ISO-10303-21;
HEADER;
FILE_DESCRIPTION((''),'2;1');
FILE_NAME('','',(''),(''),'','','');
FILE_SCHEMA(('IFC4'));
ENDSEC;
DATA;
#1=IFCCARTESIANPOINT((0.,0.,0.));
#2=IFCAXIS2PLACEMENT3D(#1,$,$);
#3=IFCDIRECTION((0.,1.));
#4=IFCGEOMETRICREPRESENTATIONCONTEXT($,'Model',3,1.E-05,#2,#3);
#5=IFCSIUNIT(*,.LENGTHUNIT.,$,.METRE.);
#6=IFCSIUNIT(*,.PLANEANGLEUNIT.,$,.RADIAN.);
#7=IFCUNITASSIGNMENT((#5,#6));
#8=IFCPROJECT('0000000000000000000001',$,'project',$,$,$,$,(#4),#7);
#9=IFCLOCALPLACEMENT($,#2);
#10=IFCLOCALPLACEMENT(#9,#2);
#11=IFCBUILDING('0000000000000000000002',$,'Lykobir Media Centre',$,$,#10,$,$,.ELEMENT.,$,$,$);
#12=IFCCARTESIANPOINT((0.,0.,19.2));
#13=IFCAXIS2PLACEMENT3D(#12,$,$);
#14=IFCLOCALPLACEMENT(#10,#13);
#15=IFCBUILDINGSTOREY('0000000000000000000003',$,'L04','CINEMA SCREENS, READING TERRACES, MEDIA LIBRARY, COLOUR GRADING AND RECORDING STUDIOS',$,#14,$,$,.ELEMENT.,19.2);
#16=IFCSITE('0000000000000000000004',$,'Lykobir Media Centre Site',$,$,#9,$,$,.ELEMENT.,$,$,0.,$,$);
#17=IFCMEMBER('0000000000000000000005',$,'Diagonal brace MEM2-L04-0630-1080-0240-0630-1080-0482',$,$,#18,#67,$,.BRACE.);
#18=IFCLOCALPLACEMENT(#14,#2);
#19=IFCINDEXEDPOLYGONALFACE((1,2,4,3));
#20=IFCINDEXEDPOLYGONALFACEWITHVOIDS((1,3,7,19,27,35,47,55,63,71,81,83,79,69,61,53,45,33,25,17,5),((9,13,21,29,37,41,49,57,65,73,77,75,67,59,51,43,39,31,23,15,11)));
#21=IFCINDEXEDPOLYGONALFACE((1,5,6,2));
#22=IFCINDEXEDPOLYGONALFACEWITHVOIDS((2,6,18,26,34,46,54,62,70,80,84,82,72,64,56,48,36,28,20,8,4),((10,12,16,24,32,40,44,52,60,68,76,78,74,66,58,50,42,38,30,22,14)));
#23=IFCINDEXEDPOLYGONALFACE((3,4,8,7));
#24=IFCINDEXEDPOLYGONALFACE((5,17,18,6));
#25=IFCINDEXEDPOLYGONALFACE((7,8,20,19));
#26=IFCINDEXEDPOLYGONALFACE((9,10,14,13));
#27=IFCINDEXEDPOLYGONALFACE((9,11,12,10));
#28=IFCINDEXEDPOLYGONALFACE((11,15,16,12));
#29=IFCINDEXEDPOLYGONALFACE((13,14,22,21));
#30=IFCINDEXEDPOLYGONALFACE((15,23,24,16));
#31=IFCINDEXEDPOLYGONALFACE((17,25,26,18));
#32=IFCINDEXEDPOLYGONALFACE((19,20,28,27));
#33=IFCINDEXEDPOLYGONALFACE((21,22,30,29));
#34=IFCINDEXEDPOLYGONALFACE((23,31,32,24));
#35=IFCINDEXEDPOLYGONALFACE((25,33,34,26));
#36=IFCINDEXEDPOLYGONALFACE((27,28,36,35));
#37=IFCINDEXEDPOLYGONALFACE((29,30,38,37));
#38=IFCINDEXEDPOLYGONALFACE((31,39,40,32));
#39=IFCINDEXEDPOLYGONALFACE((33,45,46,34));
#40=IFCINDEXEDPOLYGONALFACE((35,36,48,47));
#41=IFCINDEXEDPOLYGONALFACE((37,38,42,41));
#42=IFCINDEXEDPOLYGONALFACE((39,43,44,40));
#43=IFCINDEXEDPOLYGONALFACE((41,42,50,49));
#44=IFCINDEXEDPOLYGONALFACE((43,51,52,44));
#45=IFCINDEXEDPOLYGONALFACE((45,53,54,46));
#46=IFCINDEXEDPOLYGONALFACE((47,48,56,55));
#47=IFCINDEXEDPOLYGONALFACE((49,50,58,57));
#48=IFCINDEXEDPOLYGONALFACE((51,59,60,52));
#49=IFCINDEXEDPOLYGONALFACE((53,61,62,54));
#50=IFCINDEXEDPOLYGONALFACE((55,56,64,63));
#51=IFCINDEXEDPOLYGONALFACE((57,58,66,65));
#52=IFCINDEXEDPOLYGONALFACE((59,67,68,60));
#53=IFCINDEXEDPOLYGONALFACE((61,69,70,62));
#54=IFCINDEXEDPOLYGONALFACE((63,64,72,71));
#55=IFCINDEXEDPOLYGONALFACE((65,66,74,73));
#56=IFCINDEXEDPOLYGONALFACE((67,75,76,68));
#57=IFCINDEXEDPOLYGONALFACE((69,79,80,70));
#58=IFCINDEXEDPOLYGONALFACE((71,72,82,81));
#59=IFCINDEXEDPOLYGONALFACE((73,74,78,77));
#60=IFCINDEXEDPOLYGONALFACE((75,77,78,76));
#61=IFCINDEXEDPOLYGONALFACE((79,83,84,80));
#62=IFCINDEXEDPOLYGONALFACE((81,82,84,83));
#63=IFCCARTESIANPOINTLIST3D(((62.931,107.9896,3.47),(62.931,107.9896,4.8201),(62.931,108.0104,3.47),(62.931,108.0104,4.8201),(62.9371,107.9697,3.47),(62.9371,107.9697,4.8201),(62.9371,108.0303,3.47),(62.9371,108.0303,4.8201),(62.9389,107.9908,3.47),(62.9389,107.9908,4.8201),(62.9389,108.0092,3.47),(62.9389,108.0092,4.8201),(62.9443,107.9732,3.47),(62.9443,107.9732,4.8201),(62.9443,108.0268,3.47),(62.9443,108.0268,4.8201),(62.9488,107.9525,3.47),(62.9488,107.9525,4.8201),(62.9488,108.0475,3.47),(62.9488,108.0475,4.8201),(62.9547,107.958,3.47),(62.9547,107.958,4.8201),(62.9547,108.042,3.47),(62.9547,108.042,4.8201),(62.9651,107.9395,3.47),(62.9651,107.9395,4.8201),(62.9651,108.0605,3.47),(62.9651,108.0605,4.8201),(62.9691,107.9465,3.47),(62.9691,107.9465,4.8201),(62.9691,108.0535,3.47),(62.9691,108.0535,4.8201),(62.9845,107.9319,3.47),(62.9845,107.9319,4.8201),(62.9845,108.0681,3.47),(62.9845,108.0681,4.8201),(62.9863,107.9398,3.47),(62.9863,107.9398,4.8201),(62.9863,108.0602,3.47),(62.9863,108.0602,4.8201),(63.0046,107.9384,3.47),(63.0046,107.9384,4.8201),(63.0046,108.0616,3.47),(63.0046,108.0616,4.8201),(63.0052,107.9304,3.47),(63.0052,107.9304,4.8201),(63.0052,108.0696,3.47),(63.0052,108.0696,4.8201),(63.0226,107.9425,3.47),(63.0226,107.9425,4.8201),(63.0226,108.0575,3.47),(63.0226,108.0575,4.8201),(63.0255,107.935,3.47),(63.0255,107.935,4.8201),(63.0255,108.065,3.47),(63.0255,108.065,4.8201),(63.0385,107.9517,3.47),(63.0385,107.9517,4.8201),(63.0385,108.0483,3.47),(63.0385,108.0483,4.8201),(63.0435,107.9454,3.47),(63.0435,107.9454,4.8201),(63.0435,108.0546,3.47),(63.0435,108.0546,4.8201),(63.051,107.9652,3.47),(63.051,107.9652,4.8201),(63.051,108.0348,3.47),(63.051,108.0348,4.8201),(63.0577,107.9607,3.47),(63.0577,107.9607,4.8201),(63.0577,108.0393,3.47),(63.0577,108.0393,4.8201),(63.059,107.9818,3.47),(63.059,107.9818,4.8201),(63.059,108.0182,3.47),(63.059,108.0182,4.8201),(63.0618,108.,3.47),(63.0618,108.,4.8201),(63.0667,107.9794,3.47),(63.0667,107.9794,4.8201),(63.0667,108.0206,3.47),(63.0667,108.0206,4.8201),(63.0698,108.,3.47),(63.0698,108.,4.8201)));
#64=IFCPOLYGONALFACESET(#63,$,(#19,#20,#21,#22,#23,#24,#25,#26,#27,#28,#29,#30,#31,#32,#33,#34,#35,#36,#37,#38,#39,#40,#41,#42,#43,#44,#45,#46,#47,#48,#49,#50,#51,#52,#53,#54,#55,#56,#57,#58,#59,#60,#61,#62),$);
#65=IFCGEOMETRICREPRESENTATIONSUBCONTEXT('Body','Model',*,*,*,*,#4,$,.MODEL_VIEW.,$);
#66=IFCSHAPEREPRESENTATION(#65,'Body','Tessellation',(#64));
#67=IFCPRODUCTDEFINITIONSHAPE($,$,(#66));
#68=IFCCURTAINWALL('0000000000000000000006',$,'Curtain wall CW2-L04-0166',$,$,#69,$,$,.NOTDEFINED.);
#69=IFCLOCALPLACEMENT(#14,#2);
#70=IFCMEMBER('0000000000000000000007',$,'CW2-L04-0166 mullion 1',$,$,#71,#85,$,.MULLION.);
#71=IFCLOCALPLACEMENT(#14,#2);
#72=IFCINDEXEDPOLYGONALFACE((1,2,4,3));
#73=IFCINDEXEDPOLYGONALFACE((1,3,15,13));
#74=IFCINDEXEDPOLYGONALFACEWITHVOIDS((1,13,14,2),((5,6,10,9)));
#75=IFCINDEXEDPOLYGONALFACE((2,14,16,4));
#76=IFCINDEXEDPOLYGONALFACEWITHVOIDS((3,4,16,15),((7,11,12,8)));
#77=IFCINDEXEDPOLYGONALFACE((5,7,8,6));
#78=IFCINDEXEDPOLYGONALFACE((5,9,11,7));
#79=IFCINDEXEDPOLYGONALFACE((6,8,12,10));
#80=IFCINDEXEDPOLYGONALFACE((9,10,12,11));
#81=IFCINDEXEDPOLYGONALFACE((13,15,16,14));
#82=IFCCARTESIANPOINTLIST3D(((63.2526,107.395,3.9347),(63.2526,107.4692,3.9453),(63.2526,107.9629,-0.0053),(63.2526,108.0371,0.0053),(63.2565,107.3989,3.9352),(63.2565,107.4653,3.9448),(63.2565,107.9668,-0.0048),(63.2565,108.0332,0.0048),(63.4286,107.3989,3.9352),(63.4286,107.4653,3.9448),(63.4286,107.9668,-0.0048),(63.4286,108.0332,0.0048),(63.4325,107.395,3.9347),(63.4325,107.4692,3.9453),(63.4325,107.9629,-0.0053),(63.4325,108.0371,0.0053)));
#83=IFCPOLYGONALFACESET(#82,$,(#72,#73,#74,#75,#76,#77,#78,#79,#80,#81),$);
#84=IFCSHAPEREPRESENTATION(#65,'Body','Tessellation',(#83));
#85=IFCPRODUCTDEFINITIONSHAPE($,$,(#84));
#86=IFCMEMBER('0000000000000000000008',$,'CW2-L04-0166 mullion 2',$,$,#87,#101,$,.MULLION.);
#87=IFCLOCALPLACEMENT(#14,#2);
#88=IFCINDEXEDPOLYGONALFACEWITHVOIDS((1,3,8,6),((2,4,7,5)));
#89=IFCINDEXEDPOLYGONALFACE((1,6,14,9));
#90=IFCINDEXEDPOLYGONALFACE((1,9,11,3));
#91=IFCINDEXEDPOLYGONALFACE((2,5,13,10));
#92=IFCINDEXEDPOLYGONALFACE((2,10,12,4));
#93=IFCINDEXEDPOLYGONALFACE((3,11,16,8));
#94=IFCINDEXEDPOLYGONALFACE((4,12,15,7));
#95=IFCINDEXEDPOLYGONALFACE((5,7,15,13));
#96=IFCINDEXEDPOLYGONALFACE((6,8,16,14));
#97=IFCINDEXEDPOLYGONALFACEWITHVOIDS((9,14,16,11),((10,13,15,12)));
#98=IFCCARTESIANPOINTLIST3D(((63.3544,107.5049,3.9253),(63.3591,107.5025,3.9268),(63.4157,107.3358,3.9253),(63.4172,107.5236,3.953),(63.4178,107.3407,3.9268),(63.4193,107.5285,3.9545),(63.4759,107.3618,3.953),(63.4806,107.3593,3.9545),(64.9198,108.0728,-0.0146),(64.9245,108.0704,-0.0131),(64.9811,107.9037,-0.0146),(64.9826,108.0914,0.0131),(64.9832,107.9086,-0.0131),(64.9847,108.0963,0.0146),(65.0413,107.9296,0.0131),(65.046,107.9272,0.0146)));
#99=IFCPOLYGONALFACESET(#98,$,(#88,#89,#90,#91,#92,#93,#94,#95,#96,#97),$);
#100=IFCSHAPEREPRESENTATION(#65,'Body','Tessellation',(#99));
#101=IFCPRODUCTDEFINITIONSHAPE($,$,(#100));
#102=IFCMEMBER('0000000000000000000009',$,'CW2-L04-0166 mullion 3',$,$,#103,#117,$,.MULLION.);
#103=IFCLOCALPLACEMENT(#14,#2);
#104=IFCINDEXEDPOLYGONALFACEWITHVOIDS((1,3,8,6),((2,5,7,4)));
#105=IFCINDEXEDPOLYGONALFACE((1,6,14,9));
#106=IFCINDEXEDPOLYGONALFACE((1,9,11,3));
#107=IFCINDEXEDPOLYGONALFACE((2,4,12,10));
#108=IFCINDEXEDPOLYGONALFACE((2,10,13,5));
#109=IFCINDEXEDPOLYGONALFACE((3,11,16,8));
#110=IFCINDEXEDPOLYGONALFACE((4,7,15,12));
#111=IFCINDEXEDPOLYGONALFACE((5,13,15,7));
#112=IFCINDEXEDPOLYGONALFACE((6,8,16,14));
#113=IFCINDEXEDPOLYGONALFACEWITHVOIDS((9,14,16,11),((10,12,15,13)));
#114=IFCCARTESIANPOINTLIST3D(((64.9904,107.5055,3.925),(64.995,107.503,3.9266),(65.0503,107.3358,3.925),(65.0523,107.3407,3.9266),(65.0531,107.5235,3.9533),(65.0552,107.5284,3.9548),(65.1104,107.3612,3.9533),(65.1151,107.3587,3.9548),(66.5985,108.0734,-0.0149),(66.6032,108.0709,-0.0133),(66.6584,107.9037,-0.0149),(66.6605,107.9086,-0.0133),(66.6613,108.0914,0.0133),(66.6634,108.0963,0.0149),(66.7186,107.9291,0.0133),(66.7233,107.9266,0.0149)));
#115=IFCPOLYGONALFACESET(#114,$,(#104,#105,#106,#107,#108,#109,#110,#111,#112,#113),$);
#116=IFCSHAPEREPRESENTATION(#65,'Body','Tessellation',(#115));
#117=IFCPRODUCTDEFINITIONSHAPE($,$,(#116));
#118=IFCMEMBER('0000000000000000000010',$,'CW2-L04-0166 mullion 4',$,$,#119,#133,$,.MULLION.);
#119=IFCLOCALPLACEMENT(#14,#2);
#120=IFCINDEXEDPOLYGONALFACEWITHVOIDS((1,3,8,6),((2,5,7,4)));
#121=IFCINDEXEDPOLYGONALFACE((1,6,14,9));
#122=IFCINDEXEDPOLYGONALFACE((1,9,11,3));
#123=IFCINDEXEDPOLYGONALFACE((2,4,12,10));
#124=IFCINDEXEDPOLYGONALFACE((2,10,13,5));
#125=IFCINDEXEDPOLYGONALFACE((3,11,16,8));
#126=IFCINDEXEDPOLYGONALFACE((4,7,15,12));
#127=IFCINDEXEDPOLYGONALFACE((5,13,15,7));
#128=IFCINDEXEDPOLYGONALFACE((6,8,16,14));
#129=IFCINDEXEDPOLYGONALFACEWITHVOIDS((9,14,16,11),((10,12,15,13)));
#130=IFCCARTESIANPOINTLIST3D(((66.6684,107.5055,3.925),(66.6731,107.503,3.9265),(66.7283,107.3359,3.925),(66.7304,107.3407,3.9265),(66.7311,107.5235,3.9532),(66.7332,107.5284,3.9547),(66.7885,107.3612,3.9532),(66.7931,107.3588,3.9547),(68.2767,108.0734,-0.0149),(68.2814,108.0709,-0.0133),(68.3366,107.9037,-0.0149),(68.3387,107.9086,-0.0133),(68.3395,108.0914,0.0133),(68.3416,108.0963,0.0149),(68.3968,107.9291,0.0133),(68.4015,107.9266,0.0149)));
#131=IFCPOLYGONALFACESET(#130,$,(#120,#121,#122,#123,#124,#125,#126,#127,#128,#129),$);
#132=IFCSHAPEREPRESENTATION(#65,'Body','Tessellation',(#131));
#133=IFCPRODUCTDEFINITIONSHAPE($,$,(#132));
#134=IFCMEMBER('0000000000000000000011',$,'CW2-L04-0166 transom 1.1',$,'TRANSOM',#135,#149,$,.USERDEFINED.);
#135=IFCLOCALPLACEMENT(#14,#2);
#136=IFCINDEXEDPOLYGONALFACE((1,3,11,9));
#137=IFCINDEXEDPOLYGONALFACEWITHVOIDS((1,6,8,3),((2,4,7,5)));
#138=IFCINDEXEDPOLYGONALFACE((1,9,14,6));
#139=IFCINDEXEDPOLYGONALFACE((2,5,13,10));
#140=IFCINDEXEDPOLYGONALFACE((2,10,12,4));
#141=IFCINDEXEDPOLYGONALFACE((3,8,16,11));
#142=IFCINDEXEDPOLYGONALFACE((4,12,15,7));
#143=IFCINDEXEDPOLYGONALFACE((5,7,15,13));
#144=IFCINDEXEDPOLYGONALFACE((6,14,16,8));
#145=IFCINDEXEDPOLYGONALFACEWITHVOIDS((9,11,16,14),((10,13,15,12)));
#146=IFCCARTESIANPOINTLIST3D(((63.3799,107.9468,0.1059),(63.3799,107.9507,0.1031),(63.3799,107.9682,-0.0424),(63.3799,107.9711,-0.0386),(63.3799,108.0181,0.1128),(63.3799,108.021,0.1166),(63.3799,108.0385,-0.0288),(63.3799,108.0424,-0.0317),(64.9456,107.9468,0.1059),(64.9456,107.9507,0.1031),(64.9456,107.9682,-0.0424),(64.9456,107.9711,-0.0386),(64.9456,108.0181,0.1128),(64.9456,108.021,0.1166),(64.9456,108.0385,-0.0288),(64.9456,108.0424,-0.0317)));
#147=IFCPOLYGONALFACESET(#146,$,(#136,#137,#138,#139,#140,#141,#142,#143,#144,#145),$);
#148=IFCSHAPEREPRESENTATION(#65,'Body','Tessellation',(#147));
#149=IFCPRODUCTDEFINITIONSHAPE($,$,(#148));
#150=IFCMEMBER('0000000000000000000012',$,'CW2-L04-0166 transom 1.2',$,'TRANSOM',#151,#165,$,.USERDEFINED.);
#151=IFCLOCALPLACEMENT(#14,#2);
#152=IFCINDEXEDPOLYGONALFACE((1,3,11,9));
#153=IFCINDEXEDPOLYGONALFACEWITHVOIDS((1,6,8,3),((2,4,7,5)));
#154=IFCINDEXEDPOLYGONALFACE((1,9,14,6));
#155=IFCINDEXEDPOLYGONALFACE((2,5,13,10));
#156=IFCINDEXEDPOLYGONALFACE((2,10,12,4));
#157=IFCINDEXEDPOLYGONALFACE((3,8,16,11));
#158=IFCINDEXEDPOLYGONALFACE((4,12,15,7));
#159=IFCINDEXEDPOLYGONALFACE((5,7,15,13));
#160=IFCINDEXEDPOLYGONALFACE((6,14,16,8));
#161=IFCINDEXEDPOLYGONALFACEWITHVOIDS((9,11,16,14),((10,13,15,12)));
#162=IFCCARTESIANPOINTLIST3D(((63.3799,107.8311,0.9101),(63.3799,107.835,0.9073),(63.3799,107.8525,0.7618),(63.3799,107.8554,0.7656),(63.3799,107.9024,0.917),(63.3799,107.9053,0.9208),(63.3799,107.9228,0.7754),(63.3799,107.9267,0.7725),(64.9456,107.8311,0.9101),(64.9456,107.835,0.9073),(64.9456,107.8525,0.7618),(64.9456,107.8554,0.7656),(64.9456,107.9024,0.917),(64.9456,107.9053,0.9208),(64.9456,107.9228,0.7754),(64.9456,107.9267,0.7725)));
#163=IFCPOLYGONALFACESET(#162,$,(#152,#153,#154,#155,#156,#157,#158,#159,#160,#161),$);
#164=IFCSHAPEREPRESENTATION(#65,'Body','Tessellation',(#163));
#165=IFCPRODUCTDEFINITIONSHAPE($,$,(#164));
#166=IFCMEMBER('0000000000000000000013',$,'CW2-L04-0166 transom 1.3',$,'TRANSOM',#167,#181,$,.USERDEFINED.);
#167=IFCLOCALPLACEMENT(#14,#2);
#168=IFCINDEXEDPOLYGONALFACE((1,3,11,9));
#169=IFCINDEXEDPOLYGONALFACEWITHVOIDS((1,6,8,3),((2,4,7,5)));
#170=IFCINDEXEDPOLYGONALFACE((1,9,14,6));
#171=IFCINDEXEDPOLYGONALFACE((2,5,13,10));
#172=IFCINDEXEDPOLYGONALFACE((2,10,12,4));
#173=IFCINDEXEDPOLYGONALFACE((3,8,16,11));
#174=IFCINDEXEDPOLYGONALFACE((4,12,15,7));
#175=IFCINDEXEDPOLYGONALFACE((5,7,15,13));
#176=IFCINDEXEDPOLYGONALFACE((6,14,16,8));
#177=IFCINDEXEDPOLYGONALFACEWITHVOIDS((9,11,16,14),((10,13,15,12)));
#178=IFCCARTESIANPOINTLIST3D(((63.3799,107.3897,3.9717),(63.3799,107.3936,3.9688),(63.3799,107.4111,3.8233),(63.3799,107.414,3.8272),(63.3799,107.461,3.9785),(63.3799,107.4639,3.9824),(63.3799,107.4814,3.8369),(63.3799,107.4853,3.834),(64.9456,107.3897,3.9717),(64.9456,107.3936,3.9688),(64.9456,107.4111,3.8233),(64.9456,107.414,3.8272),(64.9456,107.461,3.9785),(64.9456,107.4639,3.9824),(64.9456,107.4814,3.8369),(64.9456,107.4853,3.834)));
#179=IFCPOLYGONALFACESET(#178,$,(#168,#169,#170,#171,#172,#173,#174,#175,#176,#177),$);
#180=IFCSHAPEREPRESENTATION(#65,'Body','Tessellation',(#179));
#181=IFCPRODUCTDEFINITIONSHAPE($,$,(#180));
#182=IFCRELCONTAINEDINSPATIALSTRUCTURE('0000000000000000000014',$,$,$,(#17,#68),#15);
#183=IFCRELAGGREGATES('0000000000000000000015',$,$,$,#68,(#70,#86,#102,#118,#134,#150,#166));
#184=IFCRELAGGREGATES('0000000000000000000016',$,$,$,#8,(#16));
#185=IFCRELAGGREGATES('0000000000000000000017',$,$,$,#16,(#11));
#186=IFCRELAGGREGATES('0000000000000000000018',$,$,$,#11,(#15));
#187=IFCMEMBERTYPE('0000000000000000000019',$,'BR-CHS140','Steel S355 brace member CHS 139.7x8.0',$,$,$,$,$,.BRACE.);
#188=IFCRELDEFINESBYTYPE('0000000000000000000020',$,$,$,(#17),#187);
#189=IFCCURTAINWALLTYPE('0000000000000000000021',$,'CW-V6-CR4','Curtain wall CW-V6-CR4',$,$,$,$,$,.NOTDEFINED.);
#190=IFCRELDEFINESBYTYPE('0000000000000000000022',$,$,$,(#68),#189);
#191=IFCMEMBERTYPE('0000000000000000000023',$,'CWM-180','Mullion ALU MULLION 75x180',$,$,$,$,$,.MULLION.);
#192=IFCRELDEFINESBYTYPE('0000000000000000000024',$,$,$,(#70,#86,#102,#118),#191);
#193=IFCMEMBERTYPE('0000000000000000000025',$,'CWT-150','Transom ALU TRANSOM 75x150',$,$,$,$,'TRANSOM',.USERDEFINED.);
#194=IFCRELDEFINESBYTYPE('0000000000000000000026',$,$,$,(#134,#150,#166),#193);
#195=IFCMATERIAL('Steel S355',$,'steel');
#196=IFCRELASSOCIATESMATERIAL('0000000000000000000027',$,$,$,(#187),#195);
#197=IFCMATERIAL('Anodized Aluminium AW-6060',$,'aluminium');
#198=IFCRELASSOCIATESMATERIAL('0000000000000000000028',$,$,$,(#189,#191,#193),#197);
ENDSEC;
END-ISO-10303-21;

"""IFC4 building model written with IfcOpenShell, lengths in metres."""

from ifc_helpers import new_model, si_unit, direction, frame, origin, origin_2d, place, context, subcontext, project, spatial, hollow_rectangle, hollow_circle, extrude, material, material_profile, profile_set, type_object, element, aggregate, save


model = new_model("IFC4")

# Units and contexts
model_context = context("Model", 3, precision=1e-05, world=origin(), true_north=direction((0.0, 1.0)))
body_context = subcontext(model_context, "Body", "Model", "MODEL_VIEW")
ifc_project = project(units=[si_unit("LENGTHUNIT", "METRE"), si_unit("PLANEANGLEUNIT", "RADIAN")], contexts=[model_context])

# Site, building, storey
site_placement = place(None, origin())
site = spatial("IfcSite", under=ifc_project, at=site_placement, Name="Lykobir Media Centre Site", CompositionType="ELEMENT", RefElevation=0.0)
building_placement = place(site_placement, origin())
building = spatial("IfcBuilding", under=site, at=building_placement, Name="Lykobir Media Centre", CompositionType="ELEMENT")
storey_placement = place(building_placement, frame((0.0, 0.0, 19.2)))
storey = spatial("IfcBuildingStorey", under=building, at=storey_placement, Name="L04", Description="CINEMA SCREENS, READING TERRACES, MEDIA LIBRARY, COLOUR GRADING AND RECORDING STUDIOS", CompositionType="ELEMENT", Elevation=19.2)

# Member
ifc_material_1 = material(Name="Steel S355", Category="steel")
ifc_material_profile_1 = material_profile(ifc_material_1, hollow_circle(Radius=0.0698, WallThickness=0.0081, at=origin_2d()), Name="CHS 139.7x8.0")
ifc_profile_set_1 = profile_set([ifc_material_profile_1], Name="Steel S355")
member_type_1 = type_object("IfcMemberType", Name="BR-CHS140", Description="Steel S355 brace member CHS 139.7x8.0", PredefinedType="BRACE", material=ifc_profile_set_1)
member_1_placement = place(storey_placement, frame((63.0, 108.0, 4.8201), z_axis=(0.0, 0.0, -1.0), x_axis=(1.0, 0.0, 0.0)))
element("IfcMember", 1, at=member_1_placement, inside=storey, type_object=member_type_1, Name="Diagonal brace MEM2-L04-0630-1080-0240-0630-1080-0482", PredefinedType="BRACE", context=body_context, shape_type="SweptSolid", body=[
    extrude(hollow_circle(Radius=0.0698, WallThickness=0.0081, at=origin_2d()), origin(), (0.0, 0.0, 1.0), 1.3501),
])

# Curtain wall, members
ifc_material_2 = material(Name="Anodized Aluminium AW-6060", Category="aluminium")
curtain_wall_type_1 = type_object("IfcCurtainWallType", Name="CW-V6-CR4", Description="Curtain wall CW-V6-CR4", PredefinedType="NOTDEFINED", material=ifc_material_2)
curtain_wall_1_placement = place(storey_placement, origin())
curtain_wall_1 = element("IfcCurtainWall", 2, at=curtain_wall_1_placement, inside=storey, type_object=curtain_wall_type_1, Name="Curtain wall CW2-L04-0166", PredefinedType="NOTDEFINED")
ifc_material_profile_2 = material_profile(ifc_material_2, hollow_rectangle(XDim=0.075, YDim=0.1799, WallThickness=0.0039, at=origin_2d()), Name="ALU MULLION 75x180")
ifc_profile_set_2 = profile_set([ifc_material_profile_2], Name="Anodized Aluminium AW-6060")
member_type_2 = type_object("IfcMemberType", Name="CWM-180", Description="Mullion ALU MULLION 75x180", PredefinedType="MULLION", material=ifc_profile_set_2)
member_2_placement = place(storey_placement, frame((63.3425, 108.0, 0.0), z_axis=(0.0, -0.142658, 0.989772), x_axis=(0.0, 0.989772, 0.142658)))
member_2 = element("IfcMember", 3, at=member_2_placement, type_object=member_type_2, Name="CW2-L04-0166 mullion 1", PredefinedType="MULLION", context=body_context, shape_type="SweptSolid", body=[
    extrude(hollow_rectangle(XDim=0.075, YDim=0.1799, WallThickness=0.0039, at=origin_2d()), origin(), (0.0, 0.0, 1.0), 3.9807),
])
member_3_placement = place(storey_placement, frame((64.9829, 108.0, 0.0), z_axis=(-0.365977, -0.132761, 0.921106), x_axis=(0.865893, 0.314109, 0.389313)))
member_3 = element("IfcMember", 4, at=member_3_placement, type_object=member_type_2, Name="CW2-L04-0166 mullion 2", PredefinedType="MULLION", context=body_context, shape_type="SweptSolid", body=[
    extrude(hollow_rectangle(XDim=0.075, YDim=0.1799, WallThickness=0.0039, at=origin_2d()), origin(), (0.0, 0.0, 1.0), 4.2773),
])
member_4_placement = place(storey_placement, frame((66.6609, 108.0, 0.0), z_axis=(-0.37458, -0.132271, 0.917711), x_axis=(0.865345, 0.30557, 0.397248)))
member_4 = element("IfcMember", 5, at=member_4_placement, type_object=member_type_2, Name="CW2-L04-0166 mullion 3", PredefinedType="MULLION", context=body_context, shape_type="SweptSolid", body=[
    extrude(hollow_rectangle(XDim=0.075, YDim=0.1799, WallThickness=0.0039, at=origin_2d()), origin(), (0.0, 0.0, 1.0), 4.2932),
])
member_5_placement = place(storey_placement, frame((68.3391, 108.0, 0.0), z_axis=(-0.374628, -0.132269, 0.917692), x_axis=(0.865341, 0.305523, 0.397293)))
member_5 = element("IfcMember", 6, at=member_5_placement, type_object=member_type_2, Name="CW2-L04-0166 mullion 4", PredefinedType="MULLION", context=body_context, shape_type="SweptSolid", body=[
    extrude(hollow_rectangle(XDim=0.075, YDim=0.1799, WallThickness=0.0039, at=origin_2d()), origin(), (0.0, 0.0, 1.0), 4.2932),
])
ifc_material_profile_3 = material_profile(ifc_material_2, hollow_rectangle(XDim=0.075, YDim=0.1499, WallThickness=0.0034, at=origin_2d()), Name="ALU TRANSOM 75x150")
ifc_profile_set_3 = profile_set([ifc_material_profile_3], Name="Anodized Aluminium AW-6060")
member_type_3 = type_object("IfcMemberType", Name="CWT-150", Description="Transom ALU TRANSOM 75x150", ElementType="TRANSOM", PredefinedType="USERDEFINED", material=ifc_profile_set_3)
member_6_placement = place(storey_placement, frame((63.3799, 107.9946, 0.0371), z_axis=(1.0, 0.0, 0.0), x_axis=(0.0, 0.989776, 0.142629)))
member_6 = element("IfcMember", 7, at=member_6_placement, type_object=member_type_3, Name="CW2-L04-0166 transom 1.1", ObjectType="TRANSOM", PredefinedType="USERDEFINED", context=body_context, shape_type="SweptSolid", body=[
    extrude(hollow_rectangle(XDim=0.075, YDim=0.1499, WallThickness=0.0034, at=origin_2d()), origin(), (0.0, 0.0, 1.0), 1.5657),
])
member_7_placement = place(storey_placement, frame((63.3799, 107.8789, 0.8413), z_axis=(1.0, 0.0, 0.0), x_axis=(0.0, 0.989776, 0.142629)))
member_7 = element("IfcMember", 8, at=member_7_placement, type_object=member_type_3, Name="CW2-L04-0166 transom 1.2", ObjectType="TRANSOM", PredefinedType="USERDEFINED", context=body_context, shape_type="SweptSolid", body=[
    extrude(hollow_rectangle(XDim=0.075, YDim=0.1499, WallThickness=0.0034, at=origin_2d()), origin(), (0.0, 0.0, 1.0), 1.5657),
])
member_8_placement = place(storey_placement, frame((63.3799, 107.4375, 3.9028), z_axis=(1.0, 0.0, 0.0), x_axis=(0.0, 0.989776, 0.142629)))
member_8 = element("IfcMember", 9, at=member_8_placement, type_object=member_type_3, Name="CW2-L04-0166 transom 1.3", ObjectType="TRANSOM", PredefinedType="USERDEFINED", context=body_context, shape_type="SweptSolid", body=[
    extrude(hollow_rectangle(XDim=0.075, YDim=0.1499, WallThickness=0.0034, at=origin_2d()), origin(), (0.0, 0.0, 1.0), 1.5657),
])

aggregate(curtain_wall_1, [member_2, member_3, member_4, member_5, member_6, member_7, member_8])

save(model, "model.ifc")
